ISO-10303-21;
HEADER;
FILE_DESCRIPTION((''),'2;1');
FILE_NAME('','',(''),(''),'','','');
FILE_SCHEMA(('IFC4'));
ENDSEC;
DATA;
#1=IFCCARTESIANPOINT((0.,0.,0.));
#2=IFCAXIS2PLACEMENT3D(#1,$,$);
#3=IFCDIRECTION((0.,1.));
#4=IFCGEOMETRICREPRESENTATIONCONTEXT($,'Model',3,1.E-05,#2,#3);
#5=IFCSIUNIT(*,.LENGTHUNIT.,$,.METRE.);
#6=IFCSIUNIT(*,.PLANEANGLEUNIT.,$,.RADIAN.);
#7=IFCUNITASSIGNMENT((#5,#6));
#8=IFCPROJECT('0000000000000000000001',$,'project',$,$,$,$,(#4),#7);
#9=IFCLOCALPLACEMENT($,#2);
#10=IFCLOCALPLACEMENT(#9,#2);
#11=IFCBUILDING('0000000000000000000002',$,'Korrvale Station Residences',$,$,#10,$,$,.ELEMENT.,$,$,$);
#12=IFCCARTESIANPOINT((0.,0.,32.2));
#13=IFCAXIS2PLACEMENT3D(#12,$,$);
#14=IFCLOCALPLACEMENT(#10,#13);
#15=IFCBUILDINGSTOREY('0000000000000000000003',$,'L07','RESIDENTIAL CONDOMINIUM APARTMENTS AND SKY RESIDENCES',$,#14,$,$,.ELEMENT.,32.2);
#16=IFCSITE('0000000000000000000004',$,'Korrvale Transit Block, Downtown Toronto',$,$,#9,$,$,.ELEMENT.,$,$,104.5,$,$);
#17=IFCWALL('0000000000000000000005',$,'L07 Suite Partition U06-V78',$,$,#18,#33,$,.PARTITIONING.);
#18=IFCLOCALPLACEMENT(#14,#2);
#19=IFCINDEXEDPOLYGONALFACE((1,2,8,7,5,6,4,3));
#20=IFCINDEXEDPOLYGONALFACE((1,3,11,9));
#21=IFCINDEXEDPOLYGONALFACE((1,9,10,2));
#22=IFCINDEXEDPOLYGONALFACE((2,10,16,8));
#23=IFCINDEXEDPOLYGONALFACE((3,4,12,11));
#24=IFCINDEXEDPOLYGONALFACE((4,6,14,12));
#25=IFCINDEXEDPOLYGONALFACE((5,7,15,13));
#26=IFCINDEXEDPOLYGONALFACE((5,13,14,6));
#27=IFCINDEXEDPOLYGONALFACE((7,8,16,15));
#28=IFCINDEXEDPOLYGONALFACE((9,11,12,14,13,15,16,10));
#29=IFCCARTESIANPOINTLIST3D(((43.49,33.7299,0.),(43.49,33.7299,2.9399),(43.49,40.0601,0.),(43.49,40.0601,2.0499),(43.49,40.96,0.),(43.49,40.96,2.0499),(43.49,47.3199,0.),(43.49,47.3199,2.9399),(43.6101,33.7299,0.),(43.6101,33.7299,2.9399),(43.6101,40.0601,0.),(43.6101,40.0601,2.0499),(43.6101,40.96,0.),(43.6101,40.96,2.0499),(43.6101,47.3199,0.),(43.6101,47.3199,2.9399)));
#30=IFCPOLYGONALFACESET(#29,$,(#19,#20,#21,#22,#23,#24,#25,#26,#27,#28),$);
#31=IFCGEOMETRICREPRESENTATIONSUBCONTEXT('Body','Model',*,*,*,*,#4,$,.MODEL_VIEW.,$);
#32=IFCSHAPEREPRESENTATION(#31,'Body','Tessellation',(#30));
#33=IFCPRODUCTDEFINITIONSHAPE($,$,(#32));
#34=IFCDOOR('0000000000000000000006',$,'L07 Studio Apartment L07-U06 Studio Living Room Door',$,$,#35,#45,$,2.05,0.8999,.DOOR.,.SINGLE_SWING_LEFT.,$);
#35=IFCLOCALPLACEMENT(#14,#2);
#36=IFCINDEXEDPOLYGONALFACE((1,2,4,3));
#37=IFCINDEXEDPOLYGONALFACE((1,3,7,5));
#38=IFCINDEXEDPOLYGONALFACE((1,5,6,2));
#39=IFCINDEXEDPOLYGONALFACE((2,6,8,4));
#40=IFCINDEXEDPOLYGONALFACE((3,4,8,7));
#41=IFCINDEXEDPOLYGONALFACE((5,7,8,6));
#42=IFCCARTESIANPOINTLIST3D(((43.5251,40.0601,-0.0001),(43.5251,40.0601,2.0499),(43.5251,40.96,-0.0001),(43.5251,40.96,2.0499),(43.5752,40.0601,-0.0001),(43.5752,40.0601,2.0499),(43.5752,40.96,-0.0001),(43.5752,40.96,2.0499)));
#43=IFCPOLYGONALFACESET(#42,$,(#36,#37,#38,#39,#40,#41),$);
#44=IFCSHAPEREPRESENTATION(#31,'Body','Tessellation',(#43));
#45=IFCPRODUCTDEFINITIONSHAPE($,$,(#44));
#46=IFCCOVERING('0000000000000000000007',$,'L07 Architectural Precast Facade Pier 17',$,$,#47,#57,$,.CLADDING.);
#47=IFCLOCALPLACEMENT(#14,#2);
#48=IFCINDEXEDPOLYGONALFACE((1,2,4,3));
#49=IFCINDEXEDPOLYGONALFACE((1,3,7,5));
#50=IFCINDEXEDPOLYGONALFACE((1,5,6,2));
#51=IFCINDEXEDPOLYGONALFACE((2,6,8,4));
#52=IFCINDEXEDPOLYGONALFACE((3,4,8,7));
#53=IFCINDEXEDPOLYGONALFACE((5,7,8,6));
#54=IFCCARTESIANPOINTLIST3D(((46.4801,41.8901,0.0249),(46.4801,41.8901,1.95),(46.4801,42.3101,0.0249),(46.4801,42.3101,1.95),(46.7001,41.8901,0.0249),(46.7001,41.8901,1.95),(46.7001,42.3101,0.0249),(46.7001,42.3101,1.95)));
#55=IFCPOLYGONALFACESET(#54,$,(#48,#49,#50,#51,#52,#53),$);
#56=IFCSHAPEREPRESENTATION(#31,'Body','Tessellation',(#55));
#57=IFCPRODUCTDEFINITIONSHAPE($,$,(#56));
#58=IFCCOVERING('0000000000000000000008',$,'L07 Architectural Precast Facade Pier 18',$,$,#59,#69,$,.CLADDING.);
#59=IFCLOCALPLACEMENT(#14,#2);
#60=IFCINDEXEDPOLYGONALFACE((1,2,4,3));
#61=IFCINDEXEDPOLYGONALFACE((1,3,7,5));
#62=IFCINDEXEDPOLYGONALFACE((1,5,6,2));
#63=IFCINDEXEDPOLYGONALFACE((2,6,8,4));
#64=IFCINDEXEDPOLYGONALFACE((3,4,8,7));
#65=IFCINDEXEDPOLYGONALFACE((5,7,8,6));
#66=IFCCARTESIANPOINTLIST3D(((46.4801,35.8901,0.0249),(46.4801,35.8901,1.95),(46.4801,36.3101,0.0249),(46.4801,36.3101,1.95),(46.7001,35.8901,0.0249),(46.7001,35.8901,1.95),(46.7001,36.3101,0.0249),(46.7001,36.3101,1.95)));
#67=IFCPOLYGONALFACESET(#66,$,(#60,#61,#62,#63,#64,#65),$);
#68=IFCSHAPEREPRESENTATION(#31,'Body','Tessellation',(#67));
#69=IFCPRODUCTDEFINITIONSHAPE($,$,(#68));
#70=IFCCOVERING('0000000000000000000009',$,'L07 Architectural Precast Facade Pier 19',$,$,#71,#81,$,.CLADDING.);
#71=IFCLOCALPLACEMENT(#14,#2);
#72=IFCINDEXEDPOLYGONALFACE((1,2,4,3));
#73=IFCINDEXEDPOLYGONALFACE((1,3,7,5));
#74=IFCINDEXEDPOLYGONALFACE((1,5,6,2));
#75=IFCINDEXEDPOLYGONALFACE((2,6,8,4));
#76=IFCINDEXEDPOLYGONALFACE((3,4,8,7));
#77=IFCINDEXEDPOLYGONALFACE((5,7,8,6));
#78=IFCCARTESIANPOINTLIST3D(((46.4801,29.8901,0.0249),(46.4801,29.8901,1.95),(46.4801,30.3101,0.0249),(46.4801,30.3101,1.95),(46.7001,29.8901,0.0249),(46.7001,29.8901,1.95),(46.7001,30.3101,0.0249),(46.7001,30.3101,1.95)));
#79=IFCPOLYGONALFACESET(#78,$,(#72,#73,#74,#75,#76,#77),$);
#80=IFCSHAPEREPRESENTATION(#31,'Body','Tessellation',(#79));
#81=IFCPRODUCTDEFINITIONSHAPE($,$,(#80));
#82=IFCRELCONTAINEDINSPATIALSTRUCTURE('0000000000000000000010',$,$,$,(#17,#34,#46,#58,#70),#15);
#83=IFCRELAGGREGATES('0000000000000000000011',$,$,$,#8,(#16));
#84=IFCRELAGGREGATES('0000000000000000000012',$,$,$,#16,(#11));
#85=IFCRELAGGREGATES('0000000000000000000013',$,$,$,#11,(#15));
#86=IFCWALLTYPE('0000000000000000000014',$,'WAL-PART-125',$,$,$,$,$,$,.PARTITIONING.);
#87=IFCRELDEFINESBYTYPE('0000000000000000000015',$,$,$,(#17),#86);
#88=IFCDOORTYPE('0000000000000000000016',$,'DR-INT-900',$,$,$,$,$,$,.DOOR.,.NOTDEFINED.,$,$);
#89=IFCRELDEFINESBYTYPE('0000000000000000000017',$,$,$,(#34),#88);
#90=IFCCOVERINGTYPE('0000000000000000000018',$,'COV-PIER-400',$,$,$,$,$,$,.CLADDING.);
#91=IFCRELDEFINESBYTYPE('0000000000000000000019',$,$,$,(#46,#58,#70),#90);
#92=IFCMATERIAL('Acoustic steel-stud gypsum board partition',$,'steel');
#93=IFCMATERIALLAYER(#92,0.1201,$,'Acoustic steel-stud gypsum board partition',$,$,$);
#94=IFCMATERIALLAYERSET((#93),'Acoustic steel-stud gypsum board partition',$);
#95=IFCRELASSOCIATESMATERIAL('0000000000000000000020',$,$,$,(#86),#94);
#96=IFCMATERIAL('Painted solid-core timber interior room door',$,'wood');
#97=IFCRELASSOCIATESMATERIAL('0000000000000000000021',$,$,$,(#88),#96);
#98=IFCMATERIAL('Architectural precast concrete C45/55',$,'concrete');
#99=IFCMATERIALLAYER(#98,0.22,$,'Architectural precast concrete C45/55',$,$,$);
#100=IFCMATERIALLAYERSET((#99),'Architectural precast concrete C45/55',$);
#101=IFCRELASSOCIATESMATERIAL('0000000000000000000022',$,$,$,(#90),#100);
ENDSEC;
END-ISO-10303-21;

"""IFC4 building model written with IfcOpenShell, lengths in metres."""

from ifc_helpers import new_model, si_unit, direction, frame, frame_2d, origin, origin_2d, place, context, subcontext, project, spatial, rectangle, extrude, material, layer, layer_set, type_object, element, fill, save


model = new_model("IFC4")

# Units and contexts
model_context = context("Model", 3, precision=1e-05, world=origin(), true_north=direction((0.0, 1.0)))
body_context = subcontext(model_context, "Body", "Model", "MODEL_VIEW")
ifc_project = project(units=[si_unit("LENGTHUNIT", "METRE"), si_unit("PLANEANGLEUNIT", "RADIAN")], contexts=[model_context])

# Site, building, storey
site_placement = place(None, origin())
site = spatial("IfcSite", under=ifc_project, at=site_placement, Name="Korrvale Transit Block, Downtown Toronto", CompositionType="ELEMENT", RefElevation=104.5)
building_placement = place(site_placement, origin())
building = spatial("IfcBuilding", under=site, at=building_placement, Name="Korrvale Station Residences", CompositionType="ELEMENT")
storey_placement = place(building_placement, frame((0.0, 0.0, 32.2)))
storey = spatial("IfcBuildingStorey", under=building, at=storey_placement, Name="L07", Description="RESIDENTIAL CONDOMINIUM APARTMENTS AND SKY RESIDENCES", CompositionType="ELEMENT", Elevation=32.2)

# Shared definitions
ifc_material_1 = material(Name="Acoustic steel-stud gypsum board partition", Category="steel")
ifc_layer_1 = layer(ifc_material_1, 0.1201, Name="Acoustic steel-stud gypsum board partition")
ifc_layer_set_1 = layer_set([ifc_layer_1], Name="Acoustic steel-stud gypsum board partition")
wall_type_1 = type_object("IfcWallType", Name="WAL-PART-125", PredefinedType="PARTITIONING", material=ifc_layer_set_1)
ifc_material_2 = material(Name="Painted solid-core timber interior room door", Category="wood")
door_type = type_object("IfcDoorType", Name="DR-INT-900", OperationType="NOTDEFINED", PredefinedType="DOOR", material=ifc_material_2)

# Wall, opening, door
wall_1_placement = place(storey_placement, frame((43.55, 33.73, 0.0), z_axis=(0.0, 0.0, 1.0), x_axis=(0.0, 1.0, 0.0)))
wall_1 = element("IfcWall", 1, at=wall_1_placement, inside=storey, type_object=wall_type_1, Name="L07 Suite Partition U06-V78", PredefinedType="PARTITIONING", context=body_context, shape_type="SweptSolid", body=[
    extrude(rectangle(XDim=13.5901, YDim=0.1201, at=frame_2d((6.7949, 0.0))), origin(), (0.0, 0.0, 1.0), 2.9399),
])
opening_1_placement = place(wall_1_placement, frame((6.3301, 0.0, 0.0)))
opening_1 = element("IfcOpeningElement", 2, at=opening_1_placement, cuts=wall_1, PredefinedType="OPENING", context=body_context, shape_type="SweptSolid", body=[
    extrude(rectangle(XDim=0.8999, YDim=2.05, at=frame_2d((0.45, 1.0249))), frame((0.0, 0.0701, 0.0), z_axis=(0.0, -1.0, 0.0), x_axis=(1.0, 0.0, 0.0)), (0.0, 0.0, 1.0), 0.1401),
])
door_1_placement = place(opening_1_placement, origin())
door_1 = element("IfcDoor", 3, at=door_1_placement, inside=storey, type_object=door_type, Name="L07 Studio Apartment L07-U06 Studio Living Room Door", OperationType="SINGLE_SWING_LEFT", OverallHeight=2.05, OverallWidth=0.8999, PredefinedType="DOOR", context=body_context, shape_type="SweptSolid", body=[
    extrude(rectangle(XDim=0.8999, YDim=2.05, at=frame_2d((0.45, 1.0249))), frame((0.0, 0.0249, 0.0), z_axis=(0.0, -1.0, 0.0), x_axis=(1.0, 0.0, 0.0)), (0.0, 0.0, 1.0), 0.05),
])
fill(opening_1, door_1)

# Coverings
ifc_material_3 = material(Name="Architectural precast concrete C45/55", Category="concrete")
ifc_layer_2 = layer(ifc_material_3, 0.22, Name="Architectural precast concrete C45/55")
ifc_layer_set_2 = layer_set([ifc_layer_2], Name="Architectural precast concrete C45/55")
covering_type = type_object("IfcCoveringType", Name="COV-PIER-400", PredefinedType="CLADDING", material=ifc_layer_set_2)
for number, where, z_axis, x_axis, name in (
    (4, (46.5901, 42.1001, 0.0249), (0.0, 0.0, 1.0), (0.0, 1.0, 0.0), "L07 Architectural Precast Facade Pier 17"),
    (5, (46.5901, 36.1001, 0.0249), (0.0, 0.0, 1.0), (0.0, 1.0, 0.0), "L07 Architectural Precast Facade Pier 18"),
    (6, (46.5901, 30.1001, 0.0249), (0.0, 0.0, 1.0), (0.0, 1.0, 0.0), "L07 Architectural Precast Facade Pier 19"),
):
    element("IfcCovering", number, at=place(storey_placement, frame(where, z_axis=z_axis, x_axis=x_axis)), inside=storey, type_object=covering_type, Name=name, PredefinedType="CLADDING", context=body_context, shape_type="SweptSolid", body=[
        extrude(rectangle(XDim=0.4199, YDim=0.22, at=origin_2d()), origin(), (0.0, 0.0, 1.0), 1.925),
    ])

save(model, "model.ifc")
